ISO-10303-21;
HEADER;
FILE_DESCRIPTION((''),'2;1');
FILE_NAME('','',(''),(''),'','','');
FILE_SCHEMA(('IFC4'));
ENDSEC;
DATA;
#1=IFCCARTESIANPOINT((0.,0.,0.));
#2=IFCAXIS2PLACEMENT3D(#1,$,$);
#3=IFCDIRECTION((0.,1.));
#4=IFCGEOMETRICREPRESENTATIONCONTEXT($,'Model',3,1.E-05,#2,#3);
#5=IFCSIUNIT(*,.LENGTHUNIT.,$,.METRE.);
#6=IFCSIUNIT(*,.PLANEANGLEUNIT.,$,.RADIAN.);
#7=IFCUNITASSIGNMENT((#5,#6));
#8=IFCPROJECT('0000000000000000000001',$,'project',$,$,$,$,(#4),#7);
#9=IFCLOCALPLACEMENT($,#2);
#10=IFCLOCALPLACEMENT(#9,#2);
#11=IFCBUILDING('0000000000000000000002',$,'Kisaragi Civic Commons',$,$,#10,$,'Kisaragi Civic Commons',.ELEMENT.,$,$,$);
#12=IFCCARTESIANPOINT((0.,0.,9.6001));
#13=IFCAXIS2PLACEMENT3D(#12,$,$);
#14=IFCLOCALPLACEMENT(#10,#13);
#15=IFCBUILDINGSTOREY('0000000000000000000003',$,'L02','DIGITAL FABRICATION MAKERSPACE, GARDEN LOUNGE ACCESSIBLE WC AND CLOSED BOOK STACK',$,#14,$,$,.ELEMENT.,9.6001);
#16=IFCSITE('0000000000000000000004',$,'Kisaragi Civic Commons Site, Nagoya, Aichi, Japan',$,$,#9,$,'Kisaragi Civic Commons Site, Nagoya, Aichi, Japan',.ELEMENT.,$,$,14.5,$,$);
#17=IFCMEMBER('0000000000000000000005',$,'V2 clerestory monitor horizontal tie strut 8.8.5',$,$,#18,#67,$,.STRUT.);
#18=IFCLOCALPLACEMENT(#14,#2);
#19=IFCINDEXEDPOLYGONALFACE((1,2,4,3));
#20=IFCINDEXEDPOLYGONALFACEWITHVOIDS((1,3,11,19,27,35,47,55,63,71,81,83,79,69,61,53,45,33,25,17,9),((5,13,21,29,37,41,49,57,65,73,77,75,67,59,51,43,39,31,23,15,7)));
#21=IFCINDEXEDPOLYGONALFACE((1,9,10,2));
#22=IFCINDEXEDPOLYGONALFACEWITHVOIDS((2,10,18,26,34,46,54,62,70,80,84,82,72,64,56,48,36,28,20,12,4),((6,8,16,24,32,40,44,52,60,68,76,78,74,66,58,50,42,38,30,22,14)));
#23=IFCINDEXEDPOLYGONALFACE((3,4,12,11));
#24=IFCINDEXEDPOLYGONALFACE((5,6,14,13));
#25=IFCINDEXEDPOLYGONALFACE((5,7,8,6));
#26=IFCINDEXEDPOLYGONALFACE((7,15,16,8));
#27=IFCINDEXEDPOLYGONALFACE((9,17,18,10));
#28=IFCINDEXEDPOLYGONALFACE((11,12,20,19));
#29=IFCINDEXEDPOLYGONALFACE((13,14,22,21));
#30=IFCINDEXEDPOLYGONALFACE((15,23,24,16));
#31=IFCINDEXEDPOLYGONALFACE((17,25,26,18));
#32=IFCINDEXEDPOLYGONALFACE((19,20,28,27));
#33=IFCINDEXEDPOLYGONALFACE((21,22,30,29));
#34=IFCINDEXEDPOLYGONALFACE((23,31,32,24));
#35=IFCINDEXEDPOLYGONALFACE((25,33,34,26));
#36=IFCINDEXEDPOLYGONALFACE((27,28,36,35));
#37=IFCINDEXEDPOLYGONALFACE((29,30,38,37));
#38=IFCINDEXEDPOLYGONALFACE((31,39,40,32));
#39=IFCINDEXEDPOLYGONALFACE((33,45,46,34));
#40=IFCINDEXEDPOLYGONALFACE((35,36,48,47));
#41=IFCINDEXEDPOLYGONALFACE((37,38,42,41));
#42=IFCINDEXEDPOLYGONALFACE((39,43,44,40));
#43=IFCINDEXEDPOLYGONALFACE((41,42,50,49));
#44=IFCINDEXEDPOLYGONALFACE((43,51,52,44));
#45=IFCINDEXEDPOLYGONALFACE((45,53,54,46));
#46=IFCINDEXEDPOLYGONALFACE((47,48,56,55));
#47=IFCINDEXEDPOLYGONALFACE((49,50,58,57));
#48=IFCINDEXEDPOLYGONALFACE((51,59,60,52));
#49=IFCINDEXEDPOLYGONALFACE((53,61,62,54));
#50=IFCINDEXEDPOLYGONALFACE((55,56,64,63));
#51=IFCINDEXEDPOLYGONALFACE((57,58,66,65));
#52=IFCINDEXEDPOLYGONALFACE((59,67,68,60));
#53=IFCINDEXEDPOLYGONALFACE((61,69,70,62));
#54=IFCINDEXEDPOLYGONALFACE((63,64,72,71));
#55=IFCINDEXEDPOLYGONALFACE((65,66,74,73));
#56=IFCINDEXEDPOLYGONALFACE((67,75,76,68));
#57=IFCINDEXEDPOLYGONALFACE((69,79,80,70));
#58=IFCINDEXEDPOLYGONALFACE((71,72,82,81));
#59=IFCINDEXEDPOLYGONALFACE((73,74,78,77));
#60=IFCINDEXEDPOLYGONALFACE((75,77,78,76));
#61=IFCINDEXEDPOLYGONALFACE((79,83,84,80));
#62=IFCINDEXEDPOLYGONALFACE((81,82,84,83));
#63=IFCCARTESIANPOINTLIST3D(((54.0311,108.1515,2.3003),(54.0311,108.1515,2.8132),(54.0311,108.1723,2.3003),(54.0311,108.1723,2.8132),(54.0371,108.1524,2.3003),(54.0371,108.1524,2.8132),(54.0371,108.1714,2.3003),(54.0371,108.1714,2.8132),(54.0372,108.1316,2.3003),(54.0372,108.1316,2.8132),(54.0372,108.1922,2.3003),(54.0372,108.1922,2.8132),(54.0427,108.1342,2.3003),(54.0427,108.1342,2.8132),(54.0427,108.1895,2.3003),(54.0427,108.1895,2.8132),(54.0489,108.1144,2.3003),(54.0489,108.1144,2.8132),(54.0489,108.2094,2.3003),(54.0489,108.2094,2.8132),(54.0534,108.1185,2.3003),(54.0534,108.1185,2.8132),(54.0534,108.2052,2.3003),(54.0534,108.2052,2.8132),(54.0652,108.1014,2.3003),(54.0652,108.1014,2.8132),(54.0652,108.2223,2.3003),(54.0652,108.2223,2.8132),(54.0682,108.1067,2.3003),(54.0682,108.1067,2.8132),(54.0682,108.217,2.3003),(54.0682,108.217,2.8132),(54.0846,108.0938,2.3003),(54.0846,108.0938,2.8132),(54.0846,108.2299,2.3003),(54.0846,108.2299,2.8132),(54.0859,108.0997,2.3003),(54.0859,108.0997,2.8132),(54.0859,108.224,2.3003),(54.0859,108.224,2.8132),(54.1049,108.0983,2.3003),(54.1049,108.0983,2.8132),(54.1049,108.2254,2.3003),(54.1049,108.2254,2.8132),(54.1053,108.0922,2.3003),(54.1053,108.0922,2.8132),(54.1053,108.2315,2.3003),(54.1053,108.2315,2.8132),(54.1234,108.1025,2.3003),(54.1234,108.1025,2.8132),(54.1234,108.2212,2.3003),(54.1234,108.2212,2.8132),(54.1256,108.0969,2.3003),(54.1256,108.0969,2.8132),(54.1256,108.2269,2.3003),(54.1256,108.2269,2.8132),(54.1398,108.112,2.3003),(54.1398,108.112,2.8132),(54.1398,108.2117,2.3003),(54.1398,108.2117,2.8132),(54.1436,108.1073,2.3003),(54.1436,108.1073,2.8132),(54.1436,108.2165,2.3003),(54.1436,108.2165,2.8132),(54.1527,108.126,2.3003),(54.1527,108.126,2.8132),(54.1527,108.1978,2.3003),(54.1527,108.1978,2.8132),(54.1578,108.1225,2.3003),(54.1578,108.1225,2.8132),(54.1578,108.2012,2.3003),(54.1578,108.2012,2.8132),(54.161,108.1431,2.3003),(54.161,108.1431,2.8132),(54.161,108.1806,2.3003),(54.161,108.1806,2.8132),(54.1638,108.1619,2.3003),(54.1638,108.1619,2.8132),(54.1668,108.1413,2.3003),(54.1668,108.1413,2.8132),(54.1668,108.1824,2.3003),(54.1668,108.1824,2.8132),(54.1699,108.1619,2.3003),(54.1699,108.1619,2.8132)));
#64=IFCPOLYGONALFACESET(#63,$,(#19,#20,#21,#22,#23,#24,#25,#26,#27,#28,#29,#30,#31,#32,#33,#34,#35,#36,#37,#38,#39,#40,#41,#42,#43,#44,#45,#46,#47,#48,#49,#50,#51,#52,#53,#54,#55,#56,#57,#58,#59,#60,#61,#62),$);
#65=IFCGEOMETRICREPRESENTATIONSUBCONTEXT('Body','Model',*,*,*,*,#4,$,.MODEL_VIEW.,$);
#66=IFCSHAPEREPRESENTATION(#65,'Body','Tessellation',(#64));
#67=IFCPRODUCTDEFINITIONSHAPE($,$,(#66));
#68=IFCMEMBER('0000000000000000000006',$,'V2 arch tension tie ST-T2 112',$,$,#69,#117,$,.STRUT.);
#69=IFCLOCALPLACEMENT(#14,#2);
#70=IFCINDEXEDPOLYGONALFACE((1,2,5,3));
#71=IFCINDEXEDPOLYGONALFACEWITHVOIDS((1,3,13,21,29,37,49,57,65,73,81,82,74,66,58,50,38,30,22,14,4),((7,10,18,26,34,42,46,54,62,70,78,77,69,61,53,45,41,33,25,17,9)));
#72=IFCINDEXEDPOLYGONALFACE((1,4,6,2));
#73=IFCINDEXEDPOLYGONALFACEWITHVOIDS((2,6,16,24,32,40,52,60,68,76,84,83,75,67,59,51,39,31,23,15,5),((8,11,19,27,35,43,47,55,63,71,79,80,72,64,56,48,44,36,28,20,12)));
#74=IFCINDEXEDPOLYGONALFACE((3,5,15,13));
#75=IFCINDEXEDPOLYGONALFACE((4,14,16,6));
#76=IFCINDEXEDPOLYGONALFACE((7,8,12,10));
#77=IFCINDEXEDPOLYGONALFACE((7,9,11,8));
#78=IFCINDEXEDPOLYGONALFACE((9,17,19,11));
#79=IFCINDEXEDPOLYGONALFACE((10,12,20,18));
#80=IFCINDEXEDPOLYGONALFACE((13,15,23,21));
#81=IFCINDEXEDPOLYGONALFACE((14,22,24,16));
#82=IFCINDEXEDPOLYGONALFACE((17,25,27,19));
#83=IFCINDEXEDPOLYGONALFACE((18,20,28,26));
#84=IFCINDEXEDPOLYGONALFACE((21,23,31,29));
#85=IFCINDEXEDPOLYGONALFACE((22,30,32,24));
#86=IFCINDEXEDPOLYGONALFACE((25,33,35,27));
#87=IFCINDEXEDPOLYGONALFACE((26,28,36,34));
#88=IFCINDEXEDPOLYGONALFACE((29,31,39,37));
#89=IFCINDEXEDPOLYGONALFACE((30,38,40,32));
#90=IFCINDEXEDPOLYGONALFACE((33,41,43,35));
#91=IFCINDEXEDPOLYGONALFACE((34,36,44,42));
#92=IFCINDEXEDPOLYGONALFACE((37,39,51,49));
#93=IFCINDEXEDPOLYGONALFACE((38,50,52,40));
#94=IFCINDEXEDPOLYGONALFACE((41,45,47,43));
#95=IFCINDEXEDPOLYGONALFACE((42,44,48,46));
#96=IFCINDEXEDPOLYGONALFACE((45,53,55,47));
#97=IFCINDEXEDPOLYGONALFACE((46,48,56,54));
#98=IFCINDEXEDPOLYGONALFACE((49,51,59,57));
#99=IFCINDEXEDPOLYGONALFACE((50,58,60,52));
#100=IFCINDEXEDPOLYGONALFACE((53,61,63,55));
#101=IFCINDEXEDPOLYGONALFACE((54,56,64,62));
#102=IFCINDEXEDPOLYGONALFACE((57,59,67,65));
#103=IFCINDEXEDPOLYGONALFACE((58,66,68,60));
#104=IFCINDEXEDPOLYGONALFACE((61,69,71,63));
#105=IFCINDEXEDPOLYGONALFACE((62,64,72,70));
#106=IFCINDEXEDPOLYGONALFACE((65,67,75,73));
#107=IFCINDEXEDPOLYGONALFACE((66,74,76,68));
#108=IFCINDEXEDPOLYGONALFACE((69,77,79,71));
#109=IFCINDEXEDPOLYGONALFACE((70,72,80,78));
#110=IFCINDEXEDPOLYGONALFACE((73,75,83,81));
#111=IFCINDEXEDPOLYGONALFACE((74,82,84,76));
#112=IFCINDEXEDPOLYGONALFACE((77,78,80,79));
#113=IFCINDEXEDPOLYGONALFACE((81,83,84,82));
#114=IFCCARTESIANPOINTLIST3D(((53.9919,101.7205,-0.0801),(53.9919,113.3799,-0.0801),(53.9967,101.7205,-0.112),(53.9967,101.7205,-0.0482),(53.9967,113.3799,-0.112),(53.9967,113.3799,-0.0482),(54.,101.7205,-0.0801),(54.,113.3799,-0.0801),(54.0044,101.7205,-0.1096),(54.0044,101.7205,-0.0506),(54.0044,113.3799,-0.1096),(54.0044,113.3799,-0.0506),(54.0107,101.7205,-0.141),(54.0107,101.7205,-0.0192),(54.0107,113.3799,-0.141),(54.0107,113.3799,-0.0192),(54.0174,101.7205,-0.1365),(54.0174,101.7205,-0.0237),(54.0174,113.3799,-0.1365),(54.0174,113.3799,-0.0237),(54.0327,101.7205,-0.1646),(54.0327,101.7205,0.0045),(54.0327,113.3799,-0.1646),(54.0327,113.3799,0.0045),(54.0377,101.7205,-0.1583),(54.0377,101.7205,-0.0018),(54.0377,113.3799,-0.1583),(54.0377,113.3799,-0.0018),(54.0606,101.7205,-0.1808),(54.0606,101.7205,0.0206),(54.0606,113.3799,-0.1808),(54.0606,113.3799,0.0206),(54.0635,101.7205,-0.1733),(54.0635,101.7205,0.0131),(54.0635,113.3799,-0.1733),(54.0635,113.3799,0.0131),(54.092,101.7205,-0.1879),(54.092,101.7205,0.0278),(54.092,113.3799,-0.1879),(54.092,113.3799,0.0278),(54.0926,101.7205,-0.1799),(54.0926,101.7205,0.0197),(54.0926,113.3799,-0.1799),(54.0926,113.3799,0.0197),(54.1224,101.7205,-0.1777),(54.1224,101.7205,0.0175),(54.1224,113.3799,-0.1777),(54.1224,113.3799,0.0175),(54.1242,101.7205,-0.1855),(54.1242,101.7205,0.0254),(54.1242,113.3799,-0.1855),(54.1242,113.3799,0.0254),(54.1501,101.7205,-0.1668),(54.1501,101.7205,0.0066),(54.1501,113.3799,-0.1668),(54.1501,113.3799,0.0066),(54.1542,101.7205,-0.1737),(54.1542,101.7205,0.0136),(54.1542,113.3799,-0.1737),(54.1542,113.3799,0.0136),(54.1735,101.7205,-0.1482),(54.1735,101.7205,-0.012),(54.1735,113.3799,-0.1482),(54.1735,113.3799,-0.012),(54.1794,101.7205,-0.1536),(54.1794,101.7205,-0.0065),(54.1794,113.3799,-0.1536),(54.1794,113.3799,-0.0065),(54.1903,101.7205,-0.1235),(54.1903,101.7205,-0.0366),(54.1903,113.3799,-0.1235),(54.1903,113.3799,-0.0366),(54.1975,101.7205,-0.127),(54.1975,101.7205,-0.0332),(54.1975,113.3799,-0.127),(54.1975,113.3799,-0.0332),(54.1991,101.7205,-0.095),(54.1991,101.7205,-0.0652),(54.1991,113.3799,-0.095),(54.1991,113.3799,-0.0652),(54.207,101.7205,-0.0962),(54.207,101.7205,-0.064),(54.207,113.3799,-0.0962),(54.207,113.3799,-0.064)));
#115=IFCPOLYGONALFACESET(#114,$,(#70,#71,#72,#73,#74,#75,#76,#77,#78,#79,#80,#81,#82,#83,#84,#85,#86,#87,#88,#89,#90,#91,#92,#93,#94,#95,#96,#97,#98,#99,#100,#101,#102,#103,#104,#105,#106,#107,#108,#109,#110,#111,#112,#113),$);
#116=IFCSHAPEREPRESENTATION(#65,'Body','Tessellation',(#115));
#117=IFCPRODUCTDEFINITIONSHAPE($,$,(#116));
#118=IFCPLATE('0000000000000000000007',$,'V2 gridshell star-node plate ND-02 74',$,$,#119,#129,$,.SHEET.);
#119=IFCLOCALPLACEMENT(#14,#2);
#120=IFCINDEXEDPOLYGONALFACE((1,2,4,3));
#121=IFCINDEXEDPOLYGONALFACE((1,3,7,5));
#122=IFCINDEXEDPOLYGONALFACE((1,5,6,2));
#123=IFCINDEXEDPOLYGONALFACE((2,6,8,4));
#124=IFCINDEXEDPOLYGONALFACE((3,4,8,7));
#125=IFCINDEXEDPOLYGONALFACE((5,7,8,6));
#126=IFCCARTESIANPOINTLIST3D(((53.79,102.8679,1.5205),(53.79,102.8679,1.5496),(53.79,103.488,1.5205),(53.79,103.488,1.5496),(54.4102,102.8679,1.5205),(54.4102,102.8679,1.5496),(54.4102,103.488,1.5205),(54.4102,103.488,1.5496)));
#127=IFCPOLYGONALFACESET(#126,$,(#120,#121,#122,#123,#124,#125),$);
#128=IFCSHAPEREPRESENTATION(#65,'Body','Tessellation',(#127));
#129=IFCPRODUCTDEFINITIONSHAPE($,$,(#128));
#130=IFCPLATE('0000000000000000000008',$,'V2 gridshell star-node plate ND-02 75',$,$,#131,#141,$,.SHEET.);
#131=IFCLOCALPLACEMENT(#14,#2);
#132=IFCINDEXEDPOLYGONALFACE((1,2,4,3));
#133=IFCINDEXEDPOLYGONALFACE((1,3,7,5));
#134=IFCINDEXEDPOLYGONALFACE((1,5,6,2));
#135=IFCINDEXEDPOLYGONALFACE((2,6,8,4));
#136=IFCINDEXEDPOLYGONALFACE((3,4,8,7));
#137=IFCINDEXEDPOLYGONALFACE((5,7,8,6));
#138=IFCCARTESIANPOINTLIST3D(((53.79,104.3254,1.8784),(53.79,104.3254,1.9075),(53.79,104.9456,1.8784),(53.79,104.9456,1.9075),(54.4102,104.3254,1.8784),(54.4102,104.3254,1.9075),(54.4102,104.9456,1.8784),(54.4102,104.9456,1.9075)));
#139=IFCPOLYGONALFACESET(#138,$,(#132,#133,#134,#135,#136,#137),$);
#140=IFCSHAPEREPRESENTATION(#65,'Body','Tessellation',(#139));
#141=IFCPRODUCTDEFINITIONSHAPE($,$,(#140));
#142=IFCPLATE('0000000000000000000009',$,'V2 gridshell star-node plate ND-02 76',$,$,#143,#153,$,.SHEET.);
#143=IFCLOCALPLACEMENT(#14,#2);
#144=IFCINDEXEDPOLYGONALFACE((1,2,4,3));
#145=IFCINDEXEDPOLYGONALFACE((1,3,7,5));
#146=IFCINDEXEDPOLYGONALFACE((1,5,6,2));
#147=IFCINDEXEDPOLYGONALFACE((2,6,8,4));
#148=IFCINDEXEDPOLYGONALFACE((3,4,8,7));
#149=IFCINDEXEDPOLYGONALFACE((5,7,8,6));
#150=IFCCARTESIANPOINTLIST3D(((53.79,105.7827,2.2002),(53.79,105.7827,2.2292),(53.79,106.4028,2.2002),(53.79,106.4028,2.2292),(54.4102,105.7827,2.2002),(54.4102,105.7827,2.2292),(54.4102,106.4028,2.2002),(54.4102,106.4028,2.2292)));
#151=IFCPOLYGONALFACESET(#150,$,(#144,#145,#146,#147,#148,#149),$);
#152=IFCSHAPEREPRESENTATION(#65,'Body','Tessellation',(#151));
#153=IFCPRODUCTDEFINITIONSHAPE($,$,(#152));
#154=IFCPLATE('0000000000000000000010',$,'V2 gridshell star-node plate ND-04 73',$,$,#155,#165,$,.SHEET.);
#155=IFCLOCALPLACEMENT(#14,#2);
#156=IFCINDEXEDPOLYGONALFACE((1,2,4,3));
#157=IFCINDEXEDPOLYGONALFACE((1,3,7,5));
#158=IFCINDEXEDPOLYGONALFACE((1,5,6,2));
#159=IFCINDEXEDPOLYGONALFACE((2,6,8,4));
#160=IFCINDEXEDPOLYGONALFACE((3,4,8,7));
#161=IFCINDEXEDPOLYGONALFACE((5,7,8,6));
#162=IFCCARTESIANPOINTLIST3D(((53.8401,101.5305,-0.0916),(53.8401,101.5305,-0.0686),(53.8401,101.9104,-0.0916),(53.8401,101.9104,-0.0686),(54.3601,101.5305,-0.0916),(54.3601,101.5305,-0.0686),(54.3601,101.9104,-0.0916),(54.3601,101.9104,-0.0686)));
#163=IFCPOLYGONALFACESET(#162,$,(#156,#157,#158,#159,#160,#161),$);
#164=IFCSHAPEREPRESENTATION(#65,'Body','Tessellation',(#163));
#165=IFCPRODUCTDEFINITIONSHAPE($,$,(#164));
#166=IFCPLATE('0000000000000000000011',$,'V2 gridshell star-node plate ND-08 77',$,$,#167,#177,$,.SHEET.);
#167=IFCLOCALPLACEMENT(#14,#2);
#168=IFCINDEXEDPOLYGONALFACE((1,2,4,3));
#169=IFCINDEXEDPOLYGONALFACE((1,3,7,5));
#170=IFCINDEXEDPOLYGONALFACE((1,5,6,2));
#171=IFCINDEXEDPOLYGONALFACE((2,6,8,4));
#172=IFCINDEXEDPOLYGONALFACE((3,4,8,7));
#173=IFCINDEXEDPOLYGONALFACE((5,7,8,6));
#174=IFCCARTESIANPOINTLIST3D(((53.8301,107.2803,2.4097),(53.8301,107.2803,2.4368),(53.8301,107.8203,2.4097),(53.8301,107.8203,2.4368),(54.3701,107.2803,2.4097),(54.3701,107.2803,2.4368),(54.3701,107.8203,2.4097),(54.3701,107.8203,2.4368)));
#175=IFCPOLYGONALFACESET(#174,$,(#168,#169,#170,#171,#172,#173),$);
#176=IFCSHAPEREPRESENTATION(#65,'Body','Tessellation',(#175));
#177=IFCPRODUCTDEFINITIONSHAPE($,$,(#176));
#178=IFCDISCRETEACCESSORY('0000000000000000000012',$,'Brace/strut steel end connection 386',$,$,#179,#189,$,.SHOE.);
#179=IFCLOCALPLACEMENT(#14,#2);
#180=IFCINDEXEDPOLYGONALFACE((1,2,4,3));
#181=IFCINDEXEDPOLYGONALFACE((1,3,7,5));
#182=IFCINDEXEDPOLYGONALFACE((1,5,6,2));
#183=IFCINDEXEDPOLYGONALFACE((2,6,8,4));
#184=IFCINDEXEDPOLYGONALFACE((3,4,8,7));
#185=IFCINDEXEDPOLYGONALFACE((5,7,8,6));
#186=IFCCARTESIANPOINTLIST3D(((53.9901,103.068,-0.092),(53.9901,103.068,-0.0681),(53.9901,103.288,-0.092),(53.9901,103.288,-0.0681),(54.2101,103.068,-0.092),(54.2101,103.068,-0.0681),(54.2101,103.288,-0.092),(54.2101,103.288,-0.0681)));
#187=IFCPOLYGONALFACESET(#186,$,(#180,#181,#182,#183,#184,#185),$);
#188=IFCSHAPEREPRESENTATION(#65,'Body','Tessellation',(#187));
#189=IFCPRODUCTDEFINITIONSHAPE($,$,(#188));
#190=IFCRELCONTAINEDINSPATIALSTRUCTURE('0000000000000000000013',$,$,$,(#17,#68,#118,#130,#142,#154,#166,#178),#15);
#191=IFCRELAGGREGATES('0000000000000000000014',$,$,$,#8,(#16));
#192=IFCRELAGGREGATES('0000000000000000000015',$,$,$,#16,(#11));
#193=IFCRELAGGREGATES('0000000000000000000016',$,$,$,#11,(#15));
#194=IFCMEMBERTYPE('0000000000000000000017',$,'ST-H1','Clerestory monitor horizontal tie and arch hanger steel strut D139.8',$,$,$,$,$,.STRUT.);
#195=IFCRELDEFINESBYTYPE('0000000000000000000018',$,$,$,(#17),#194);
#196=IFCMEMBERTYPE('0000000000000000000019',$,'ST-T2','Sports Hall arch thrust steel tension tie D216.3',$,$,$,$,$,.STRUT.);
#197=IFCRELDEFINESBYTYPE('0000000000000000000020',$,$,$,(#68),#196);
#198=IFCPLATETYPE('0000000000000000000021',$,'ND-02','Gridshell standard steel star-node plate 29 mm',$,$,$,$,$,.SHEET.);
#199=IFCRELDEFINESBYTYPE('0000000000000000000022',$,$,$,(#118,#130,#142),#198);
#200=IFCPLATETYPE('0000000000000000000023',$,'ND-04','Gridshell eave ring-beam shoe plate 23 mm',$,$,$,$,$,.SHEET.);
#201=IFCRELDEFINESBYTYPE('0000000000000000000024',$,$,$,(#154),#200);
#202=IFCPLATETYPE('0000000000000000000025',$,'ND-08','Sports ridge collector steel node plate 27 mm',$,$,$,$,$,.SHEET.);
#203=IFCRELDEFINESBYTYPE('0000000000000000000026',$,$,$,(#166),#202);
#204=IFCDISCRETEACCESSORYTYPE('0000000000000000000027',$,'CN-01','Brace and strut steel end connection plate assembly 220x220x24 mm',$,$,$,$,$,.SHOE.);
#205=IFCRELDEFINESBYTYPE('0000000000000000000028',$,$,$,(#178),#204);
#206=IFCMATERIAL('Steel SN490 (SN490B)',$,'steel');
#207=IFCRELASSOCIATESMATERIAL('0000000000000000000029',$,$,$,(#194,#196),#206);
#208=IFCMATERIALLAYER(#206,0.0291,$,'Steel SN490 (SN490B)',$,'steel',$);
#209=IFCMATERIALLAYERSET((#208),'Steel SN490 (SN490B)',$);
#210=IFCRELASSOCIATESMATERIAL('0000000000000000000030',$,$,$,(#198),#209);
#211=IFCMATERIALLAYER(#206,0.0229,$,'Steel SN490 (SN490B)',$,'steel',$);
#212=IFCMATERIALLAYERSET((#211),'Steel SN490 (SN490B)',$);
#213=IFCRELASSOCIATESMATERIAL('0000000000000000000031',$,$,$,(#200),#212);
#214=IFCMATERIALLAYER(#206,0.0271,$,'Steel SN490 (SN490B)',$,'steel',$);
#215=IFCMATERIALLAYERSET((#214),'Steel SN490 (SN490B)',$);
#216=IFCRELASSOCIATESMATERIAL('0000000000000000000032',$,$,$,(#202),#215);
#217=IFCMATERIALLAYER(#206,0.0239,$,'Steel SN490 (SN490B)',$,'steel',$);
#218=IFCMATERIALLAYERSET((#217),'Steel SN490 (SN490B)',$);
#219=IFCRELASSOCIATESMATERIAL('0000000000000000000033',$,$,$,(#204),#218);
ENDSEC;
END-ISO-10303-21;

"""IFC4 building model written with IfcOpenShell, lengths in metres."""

from ifc_helpers import new_model, si_unit, direction, frame, origin, origin_2d, place, context, subcontext, project, spatial, rectangle, hollow_circle, extrude, material, layer, layer_set, material_profile, profile_set, type_object, element, save


model = new_model("IFC4")

# Units and contexts
model_context = context("Model", 3, precision=1e-05, world=origin(), true_north=direction((0.0, 1.0)))
body_context = subcontext(model_context, "Body", "Model", "MODEL_VIEW")
ifc_project = project(units=[si_unit("LENGTHUNIT", "METRE"), si_unit("PLANEANGLEUNIT", "RADIAN")], contexts=[model_context])

# Site, building, storey
site_placement = place(None, origin())
site = spatial("IfcSite", under=ifc_project, at=site_placement, Name="Kisaragi Civic Commons Site, Nagoya, Aichi, Japan", LongName="Kisaragi Civic Commons Site, Nagoya, Aichi, Japan", CompositionType="ELEMENT", RefElevation=14.5)
building_placement = place(site_placement, origin())
building = spatial("IfcBuilding", under=site, at=building_placement, Name="Kisaragi Civic Commons", LongName="Kisaragi Civic Commons", CompositionType="ELEMENT")
storey_placement = place(building_placement, frame((0.0, 0.0, 9.6001)))
storey = spatial("IfcBuildingStorey", under=building, at=storey_placement, Name="L02", Description="DIGITAL FABRICATION MAKERSPACE, GARDEN LOUNGE ACCESSIBLE WC AND CLOSED BOOK STACK", CompositionType="ELEMENT", Elevation=9.6001)

# Members
ifc_material_1 = material(Name="Steel SN490 (SN490B)", Category="steel")
ifc_material_profile_1 = material_profile(ifc_material_1, hollow_circle(Radius=0.0698, WallThickness=0.0061, at=origin_2d()), Name="CHS-139.8x6.0", Category="steel")
ifc_profile_set_1 = profile_set([ifc_material_profile_1], Name="Steel SN490 (SN490B)")
member_type_1 = type_object("IfcMemberType", Name="ST-H1", Description="Clerestory monitor horizontal tie and arch hanger steel strut D139.8", PredefinedType="STRUT", material=ifc_profile_set_1)
member_1_placement = place(storey_placement, frame((54.1001, 108.1619, 2.3003), z_axis=(0.0, 0.0, 1.0), x_axis=(1.0, 0.0, 0.0)))
element("IfcMember", 1, at=member_1_placement, inside=storey, type_object=member_type_1, Name="V2 clerestory monitor horizontal tie strut 8.8.5", PredefinedType="STRUT", context=body_context, shape_type="SweptSolid", body=[
    extrude(hollow_circle(Radius=0.0698, WallThickness=0.0061, at=origin_2d()), origin(), (0.0, 0.0, 1.0), 0.5129),
])
ifc_material_profile_2 = material_profile(ifc_material_1, hollow_circle(Radius=0.1082, WallThickness=0.0081, at=origin_2d()), Name="CHS-216.3x8.0", Category="steel")
ifc_profile_set_2 = profile_set([ifc_material_profile_2], Name="Steel SN490 (SN490B)")
member_type_2 = type_object("IfcMemberType", Name="ST-T2", Description="Sports Hall arch thrust steel tension tie D216.3", PredefinedType="STRUT", material=ifc_profile_set_2)
member_2_placement = place(storey_placement, frame((54.1001, 101.7205, -0.0801), z_axis=(0.0, 1.0, 0.0), x_axis=(-1.0, 0.0, 0.0)))
element("IfcMember", 2, at=member_2_placement, inside=storey, type_object=member_type_2, Name="V2 arch tension tie ST-T2 112", PredefinedType="STRUT", context=body_context, shape_type="SweptSolid", body=[
    extrude(hollow_circle(Radius=0.1082, WallThickness=0.0081, at=origin_2d()), origin(), (0.0, 0.0, 1.0), 11.6594),
])

# Plates
ifc_layer_1 = layer(ifc_material_1, 0.0291, Name="Steel SN490 (SN490B)", Category="steel")
ifc_layer_set_1 = layer_set([ifc_layer_1], Name="Steel SN490 (SN490B)")
plate_type_1 = type_object("IfcPlateType", Name="ND-02", Description="Gridshell standard steel star-node plate 29 mm", PredefinedType="SHEET", material=ifc_layer_set_1)
for number, where, z_axis, x_axis, name in (
    (3, (54.1001, 103.178, 1.5205), (0.0, 0.0, 1.0), (1.0, 0.0, 0.0), "V2 gridshell star-node plate ND-02 74"),
    (4, (54.1001, 104.6355, 1.8784), (0.0, 0.0, 1.0), (1.0, 0.0, 0.0), "V2 gridshell star-node plate ND-02 75"),
    (5, (54.1001, 106.0928, 2.2002), (0.0, 0.0, 1.0), (1.0, 0.0, 0.0), "V2 gridshell star-node plate ND-02 76"),
):
    element("IfcPlate", number, at=place(storey_placement, frame(where, z_axis=z_axis, x_axis=x_axis)), inside=storey, type_object=plate_type_1, Name=name, PredefinedType="SHEET", context=body_context, shape_type="SweptSolid", body=[
        extrude(rectangle(XDim=0.6201, YDim=0.6201, at=origin_2d()), origin(), (0.0, 0.0, 1.0), 0.0291),
    ])
ifc_layer_2 = layer(ifc_material_1, 0.0229, Name="Steel SN490 (SN490B)", Category="steel")
ifc_layer_set_2 = layer_set([ifc_layer_2], Name="Steel SN490 (SN490B)")
plate_type_2 = type_object("IfcPlateType", Name="ND-04", Description="Gridshell eave ring-beam shoe plate 23 mm", PredefinedType="SHEET", material=ifc_layer_set_2)
plate_1_placement = place(storey_placement, frame((54.1001, 101.7205, -0.0916), z_axis=(0.0, 0.0, 1.0), x_axis=(1.0, 0.0, 0.0)))
element("IfcPlate", 6, at=plate_1_placement, inside=storey, type_object=plate_type_2, Name="V2 gridshell star-node plate ND-04 73", PredefinedType="SHEET", context=body_context, shape_type="SweptSolid", body=[
    extrude(rectangle(XDim=0.52, YDim=0.3799, at=origin_2d()), origin(), (0.0, 0.0, 1.0), 0.0229),
])
ifc_layer_3 = layer(ifc_material_1, 0.0271, Name="Steel SN490 (SN490B)", Category="steel")
ifc_layer_set_3 = layer_set([ifc_layer_3], Name="Steel SN490 (SN490B)")
plate_type_3 = type_object("IfcPlateType", Name="ND-08", Description="Sports ridge collector steel node plate 27 mm", PredefinedType="SHEET", material=ifc_layer_set_3)
plate_2_placement = place(storey_placement, frame((54.1001, 107.5503, 2.4097), z_axis=(0.0, 0.0, 1.0), x_axis=(1.0, 0.0, 0.0)))
element("IfcPlate", 7, at=plate_2_placement, inside=storey, type_object=plate_type_3, Name="V2 gridshell star-node plate ND-08 77", PredefinedType="SHEET", context=body_context, shape_type="SweptSolid", body=[
    extrude(rectangle(XDim=0.54, YDim=0.54, at=origin_2d()), origin(), (0.0, 0.0, 1.0), 0.0271),
])

# Discrete accessory
ifc_layer_4 = layer(ifc_material_1, 0.0239, Name="Steel SN490 (SN490B)", Category="steel")
ifc_layer_set_4 = layer_set([ifc_layer_4], Name="Steel SN490 (SN490B)")
discrete_accessory_type = type_object("IfcDiscreteAccessoryType", Name="CN-01", Description="Brace and strut steel end connection plate assembly 220x220x24 mm", PredefinedType="SHOE", material=ifc_layer_set_4)
for number, where, z_axis, x_axis, name in (
    (8, (54.1001, 103.178, -0.092), (0.0, 0.0, 1.0), (1.0, 0.0, 0.0), "Brace/strut steel end connection 386"),
):
    element("IfcDiscreteAccessory", number, at=place(storey_placement, frame(where, z_axis=z_axis, x_axis=x_axis)), inside=storey, type_object=discrete_accessory_type, Name=name, PredefinedType="SHOE", context=body_context, shape_type="SweptSolid", body=[
        extrude(rectangle(XDim=0.22, YDim=0.22, at=origin_2d()), origin(), (0.0, 0.0, 1.0), 0.0239),
    ])

save(model, "model.ifc")
